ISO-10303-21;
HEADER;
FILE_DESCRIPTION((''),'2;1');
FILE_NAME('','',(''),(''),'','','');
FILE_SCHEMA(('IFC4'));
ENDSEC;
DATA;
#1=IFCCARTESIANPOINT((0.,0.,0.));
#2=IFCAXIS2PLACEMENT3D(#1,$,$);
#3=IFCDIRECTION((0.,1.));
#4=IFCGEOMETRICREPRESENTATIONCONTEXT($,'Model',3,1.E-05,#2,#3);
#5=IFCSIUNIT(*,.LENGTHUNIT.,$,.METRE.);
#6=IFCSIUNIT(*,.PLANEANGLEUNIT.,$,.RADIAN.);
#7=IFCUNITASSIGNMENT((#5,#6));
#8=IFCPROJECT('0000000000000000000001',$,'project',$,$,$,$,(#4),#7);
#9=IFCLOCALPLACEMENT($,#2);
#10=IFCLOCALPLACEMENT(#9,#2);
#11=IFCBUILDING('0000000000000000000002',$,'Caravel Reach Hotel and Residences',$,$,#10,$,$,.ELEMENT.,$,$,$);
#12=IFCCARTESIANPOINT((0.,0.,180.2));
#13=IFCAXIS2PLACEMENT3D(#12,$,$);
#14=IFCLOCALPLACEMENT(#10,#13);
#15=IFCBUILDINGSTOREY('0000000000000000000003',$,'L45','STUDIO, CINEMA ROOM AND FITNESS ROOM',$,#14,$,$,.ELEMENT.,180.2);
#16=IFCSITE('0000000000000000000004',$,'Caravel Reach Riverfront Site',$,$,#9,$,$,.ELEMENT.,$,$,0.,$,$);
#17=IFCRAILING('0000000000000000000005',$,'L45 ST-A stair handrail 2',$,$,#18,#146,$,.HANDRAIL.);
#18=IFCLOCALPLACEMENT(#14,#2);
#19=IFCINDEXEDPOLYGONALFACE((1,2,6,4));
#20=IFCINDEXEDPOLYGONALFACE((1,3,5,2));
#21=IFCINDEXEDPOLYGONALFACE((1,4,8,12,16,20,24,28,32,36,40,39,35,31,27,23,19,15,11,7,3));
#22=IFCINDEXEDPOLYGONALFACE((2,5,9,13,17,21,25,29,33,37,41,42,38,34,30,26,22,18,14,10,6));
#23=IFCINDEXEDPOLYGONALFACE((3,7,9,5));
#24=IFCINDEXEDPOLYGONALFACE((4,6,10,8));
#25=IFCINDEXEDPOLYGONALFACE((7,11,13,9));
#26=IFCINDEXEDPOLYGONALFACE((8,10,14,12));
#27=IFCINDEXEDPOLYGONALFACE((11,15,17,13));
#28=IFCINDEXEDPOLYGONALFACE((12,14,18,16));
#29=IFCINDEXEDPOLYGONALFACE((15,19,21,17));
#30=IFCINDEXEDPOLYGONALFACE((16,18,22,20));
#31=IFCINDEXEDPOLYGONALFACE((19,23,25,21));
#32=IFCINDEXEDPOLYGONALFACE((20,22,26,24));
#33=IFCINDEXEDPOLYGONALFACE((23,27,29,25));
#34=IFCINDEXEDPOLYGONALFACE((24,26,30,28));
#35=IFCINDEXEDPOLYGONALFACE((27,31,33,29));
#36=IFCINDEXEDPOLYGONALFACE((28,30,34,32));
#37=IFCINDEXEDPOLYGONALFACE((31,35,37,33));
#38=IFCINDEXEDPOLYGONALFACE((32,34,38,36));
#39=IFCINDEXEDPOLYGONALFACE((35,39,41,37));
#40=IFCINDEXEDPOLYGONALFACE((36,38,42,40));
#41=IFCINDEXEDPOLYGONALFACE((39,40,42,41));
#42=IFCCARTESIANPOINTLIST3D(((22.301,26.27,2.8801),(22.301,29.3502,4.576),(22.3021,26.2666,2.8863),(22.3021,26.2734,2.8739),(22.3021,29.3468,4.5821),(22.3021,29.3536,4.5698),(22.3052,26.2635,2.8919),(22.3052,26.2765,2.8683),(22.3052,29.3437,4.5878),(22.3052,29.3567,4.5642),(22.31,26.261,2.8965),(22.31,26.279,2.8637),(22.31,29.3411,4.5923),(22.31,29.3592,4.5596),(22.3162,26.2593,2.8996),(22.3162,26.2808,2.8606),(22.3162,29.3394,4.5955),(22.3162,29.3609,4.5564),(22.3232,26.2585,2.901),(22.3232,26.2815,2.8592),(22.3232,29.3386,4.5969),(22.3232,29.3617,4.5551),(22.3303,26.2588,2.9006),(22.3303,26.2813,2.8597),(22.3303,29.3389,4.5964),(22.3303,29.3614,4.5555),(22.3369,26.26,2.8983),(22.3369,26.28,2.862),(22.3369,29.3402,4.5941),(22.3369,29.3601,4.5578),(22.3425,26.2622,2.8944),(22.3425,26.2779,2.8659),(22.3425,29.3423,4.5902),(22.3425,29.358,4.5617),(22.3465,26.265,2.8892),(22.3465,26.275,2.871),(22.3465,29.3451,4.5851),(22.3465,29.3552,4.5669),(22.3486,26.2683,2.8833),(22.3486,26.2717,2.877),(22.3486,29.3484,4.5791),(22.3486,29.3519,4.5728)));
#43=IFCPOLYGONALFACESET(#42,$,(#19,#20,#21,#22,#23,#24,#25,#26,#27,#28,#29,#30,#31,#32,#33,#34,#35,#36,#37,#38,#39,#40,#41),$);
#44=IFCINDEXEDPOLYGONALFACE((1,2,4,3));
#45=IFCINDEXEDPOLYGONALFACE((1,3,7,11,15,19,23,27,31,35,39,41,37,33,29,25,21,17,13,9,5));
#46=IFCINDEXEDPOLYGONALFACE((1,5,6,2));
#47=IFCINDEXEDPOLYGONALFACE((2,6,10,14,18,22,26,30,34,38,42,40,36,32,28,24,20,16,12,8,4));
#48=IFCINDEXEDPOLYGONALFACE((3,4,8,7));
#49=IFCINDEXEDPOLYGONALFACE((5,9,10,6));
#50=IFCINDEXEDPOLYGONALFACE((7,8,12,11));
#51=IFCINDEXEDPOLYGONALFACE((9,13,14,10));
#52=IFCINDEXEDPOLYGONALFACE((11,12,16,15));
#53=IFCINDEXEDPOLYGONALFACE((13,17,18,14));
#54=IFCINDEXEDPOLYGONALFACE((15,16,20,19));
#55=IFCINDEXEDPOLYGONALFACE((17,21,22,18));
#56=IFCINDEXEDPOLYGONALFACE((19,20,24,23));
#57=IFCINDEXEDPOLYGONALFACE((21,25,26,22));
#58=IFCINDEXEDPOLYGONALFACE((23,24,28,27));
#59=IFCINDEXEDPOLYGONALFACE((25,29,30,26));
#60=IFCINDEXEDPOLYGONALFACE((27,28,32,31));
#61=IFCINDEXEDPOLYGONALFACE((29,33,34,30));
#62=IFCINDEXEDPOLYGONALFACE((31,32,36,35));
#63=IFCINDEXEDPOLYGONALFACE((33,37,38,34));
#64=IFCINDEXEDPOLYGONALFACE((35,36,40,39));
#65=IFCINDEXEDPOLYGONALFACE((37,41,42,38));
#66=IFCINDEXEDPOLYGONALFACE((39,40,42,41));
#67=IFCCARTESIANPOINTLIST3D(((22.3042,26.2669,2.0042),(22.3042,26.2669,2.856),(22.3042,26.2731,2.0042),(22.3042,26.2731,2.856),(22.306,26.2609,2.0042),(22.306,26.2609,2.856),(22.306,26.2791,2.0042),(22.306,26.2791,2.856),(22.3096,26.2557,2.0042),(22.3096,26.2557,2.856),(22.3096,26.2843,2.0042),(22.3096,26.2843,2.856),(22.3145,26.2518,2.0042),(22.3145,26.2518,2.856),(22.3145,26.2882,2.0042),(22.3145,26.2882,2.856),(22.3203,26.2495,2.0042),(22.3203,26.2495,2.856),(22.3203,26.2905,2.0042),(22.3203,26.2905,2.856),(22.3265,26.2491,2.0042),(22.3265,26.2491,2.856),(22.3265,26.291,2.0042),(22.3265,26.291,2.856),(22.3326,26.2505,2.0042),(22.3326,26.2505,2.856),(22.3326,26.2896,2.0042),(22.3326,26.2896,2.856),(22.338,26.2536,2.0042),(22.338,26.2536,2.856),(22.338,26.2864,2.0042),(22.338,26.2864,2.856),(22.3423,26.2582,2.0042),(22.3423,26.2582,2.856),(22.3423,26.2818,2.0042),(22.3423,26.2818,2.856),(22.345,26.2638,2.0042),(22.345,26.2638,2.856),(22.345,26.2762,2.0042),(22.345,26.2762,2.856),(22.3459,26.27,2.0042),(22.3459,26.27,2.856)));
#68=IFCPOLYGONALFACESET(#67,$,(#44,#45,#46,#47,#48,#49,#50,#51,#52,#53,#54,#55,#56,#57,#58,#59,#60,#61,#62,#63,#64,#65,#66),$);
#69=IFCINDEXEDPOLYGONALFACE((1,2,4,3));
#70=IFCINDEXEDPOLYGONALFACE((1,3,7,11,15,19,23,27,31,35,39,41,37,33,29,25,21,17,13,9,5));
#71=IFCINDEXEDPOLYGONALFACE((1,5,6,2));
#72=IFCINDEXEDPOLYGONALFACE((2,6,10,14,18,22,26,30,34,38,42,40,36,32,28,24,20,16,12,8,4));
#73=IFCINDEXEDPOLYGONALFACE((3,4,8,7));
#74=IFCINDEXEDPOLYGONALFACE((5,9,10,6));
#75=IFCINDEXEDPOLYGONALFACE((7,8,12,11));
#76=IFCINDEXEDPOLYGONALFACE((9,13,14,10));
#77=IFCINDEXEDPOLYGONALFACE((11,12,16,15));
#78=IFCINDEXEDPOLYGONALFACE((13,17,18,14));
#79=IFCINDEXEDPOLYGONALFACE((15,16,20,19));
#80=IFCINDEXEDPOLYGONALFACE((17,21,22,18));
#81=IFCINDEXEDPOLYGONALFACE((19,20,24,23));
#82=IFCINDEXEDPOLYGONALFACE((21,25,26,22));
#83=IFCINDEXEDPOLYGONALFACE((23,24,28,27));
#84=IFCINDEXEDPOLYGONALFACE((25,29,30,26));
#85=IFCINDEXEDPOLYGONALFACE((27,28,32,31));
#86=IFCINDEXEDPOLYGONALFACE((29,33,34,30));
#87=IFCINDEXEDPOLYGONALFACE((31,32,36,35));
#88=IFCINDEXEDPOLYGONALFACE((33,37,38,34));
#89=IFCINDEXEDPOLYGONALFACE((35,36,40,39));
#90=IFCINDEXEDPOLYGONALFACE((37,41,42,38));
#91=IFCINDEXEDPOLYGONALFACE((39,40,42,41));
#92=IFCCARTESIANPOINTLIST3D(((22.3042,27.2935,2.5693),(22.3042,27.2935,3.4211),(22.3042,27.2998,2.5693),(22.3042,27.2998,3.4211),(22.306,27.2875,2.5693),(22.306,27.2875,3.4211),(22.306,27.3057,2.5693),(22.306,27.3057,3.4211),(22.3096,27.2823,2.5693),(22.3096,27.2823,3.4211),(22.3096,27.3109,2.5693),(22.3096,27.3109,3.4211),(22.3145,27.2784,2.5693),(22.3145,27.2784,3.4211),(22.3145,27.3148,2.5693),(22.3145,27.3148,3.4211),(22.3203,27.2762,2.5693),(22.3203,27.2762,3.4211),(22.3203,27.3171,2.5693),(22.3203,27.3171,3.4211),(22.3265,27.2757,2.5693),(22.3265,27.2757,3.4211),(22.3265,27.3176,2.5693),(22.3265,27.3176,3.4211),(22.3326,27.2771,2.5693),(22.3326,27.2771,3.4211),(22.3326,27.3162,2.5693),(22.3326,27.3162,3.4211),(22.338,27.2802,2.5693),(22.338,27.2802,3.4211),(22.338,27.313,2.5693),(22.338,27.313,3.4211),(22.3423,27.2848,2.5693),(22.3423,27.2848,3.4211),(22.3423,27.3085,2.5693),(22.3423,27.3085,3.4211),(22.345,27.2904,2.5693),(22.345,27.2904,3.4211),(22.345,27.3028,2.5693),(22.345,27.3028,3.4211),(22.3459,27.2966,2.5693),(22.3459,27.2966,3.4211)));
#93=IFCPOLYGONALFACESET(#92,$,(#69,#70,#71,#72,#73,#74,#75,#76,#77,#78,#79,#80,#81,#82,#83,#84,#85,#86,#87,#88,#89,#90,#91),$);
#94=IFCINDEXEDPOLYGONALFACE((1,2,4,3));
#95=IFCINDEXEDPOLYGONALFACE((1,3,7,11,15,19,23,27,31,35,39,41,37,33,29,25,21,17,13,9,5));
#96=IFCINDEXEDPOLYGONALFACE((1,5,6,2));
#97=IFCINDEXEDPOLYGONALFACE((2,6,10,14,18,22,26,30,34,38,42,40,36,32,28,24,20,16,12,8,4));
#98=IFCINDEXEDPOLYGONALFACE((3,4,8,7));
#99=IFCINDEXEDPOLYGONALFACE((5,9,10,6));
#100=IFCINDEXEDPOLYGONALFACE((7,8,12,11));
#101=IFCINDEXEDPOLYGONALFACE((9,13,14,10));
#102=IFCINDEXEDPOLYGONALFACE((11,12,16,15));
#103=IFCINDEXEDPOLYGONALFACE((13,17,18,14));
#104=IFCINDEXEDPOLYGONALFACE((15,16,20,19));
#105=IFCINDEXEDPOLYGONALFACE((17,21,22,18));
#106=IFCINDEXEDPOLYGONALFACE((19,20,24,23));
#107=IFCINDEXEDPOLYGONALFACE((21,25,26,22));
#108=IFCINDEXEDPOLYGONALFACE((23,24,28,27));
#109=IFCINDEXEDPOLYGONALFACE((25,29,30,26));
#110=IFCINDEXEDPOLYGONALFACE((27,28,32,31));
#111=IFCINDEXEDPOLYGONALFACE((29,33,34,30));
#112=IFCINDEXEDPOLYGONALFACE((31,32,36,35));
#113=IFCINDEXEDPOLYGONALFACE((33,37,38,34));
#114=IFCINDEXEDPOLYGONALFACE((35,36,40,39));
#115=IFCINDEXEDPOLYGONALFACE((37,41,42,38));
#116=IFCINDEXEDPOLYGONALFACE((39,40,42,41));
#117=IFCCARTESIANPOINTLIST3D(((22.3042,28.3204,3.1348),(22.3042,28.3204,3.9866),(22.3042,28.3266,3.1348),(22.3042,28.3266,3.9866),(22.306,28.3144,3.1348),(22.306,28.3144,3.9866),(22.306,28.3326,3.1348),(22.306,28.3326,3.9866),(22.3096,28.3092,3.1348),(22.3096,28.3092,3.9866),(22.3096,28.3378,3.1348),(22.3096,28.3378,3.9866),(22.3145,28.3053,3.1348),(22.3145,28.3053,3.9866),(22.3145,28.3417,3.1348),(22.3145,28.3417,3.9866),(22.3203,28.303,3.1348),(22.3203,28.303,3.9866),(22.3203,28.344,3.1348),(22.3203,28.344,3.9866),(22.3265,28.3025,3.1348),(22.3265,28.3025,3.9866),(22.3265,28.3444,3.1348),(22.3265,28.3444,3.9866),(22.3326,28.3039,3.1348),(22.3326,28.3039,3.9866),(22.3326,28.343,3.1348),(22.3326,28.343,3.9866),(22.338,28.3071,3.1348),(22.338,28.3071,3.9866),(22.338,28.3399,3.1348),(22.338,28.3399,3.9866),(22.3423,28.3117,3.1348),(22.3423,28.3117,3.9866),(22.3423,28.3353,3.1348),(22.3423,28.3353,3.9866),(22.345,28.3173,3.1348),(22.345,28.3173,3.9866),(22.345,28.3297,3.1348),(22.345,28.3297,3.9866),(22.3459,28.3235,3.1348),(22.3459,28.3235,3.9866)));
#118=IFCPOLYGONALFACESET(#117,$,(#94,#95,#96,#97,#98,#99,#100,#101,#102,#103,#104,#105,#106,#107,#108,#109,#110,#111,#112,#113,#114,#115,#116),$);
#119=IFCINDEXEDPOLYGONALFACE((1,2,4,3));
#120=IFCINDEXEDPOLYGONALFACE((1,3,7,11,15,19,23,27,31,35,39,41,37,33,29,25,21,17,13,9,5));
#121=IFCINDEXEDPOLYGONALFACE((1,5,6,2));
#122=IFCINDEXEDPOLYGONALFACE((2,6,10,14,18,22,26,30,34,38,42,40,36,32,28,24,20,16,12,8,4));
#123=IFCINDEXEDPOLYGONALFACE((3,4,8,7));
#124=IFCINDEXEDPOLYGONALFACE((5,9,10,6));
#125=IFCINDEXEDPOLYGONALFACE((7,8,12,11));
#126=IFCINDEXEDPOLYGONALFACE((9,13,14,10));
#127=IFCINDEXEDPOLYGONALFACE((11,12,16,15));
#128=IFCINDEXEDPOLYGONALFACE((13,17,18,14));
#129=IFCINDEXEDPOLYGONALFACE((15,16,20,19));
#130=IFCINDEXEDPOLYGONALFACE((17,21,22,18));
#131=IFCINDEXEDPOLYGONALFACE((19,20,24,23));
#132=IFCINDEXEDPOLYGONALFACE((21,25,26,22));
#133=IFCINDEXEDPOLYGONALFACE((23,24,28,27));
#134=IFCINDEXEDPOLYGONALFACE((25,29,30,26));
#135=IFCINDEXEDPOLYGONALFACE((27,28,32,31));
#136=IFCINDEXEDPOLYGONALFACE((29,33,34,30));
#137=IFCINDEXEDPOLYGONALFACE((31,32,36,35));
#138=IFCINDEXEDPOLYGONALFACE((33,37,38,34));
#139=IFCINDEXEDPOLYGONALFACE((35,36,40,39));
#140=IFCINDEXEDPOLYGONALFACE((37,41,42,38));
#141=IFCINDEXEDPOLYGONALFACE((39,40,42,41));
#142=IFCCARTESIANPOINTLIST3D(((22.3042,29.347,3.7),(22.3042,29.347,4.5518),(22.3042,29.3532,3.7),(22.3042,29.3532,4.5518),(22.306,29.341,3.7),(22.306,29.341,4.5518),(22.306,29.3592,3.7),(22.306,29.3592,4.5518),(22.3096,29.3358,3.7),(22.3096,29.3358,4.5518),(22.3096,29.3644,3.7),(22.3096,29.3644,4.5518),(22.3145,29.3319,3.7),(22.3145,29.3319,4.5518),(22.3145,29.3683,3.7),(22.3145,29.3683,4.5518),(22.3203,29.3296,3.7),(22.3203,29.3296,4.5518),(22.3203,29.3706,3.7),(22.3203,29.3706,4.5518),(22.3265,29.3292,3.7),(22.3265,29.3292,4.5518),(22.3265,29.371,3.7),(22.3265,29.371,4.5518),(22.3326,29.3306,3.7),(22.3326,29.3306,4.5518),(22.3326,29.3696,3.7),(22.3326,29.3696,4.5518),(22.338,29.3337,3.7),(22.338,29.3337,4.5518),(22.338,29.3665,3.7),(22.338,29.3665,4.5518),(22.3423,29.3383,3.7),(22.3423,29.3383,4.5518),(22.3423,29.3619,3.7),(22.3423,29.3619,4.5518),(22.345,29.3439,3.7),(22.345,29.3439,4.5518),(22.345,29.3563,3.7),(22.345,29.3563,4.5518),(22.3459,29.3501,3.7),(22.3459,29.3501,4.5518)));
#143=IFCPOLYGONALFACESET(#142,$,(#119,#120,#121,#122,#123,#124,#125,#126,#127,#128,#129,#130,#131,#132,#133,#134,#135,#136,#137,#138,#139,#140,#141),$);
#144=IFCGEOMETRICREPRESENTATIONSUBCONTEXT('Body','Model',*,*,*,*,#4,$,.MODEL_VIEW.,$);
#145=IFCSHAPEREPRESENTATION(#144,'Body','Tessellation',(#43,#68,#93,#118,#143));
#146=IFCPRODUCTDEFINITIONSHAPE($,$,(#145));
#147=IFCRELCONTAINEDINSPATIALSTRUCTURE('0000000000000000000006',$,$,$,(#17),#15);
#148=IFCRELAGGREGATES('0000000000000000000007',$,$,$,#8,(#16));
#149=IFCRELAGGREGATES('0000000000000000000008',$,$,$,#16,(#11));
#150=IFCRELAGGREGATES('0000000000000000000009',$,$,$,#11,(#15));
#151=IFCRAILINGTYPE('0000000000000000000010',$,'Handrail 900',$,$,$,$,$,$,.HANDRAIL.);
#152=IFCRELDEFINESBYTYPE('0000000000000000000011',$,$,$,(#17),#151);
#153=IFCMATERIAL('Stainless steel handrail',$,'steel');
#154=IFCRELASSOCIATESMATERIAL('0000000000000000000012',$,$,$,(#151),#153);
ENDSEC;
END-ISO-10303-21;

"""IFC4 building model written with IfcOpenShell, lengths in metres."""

from ifc_helpers import new_model, si_unit, direction, frame, origin, origin_2d, place, context, subcontext, project, spatial, circle, extrude, material, type_object, element, save


model = new_model("IFC4")

# Units and contexts
model_context = context("Model", 3, precision=1e-05, world=origin(), true_north=direction((0.0, 1.0)))
body_context = subcontext(model_context, "Body", "Model", "MODEL_VIEW")
ifc_project = project(units=[si_unit("LENGTHUNIT", "METRE"), si_unit("PLANEANGLEUNIT", "RADIAN")], contexts=[model_context])

# Site, building, storey
site_placement = place(None, origin())
site = spatial("IfcSite", under=ifc_project, at=site_placement, Name="Caravel Reach Riverfront Site", CompositionType="ELEMENT", RefElevation=0.0)
building_placement = place(site_placement, origin())
building = spatial("IfcBuilding", under=site, at=building_placement, Name="Caravel Reach Hotel and Residences", CompositionType="ELEMENT")
storey_placement = place(building_placement, frame((0.0, 0.0, 180.2)))
storey = spatial("IfcBuildingStorey", under=building, at=storey_placement, Name="L45", Description="STUDIO, CINEMA ROOM AND FITNESS ROOM", CompositionType="ELEMENT", Elevation=180.2)

# Railing
ifc_material_1 = material(Name="Stainless steel handrail", Category="steel")
railing_type_1 = type_object("IfcRailingType", Name="Handrail 900", PredefinedType="HANDRAIL", material=ifc_material_1)
railing_1_placement = place(storey_placement, frame((22.325, 26.27, 2.0042)))
element("IfcRailing", 1, at=railing_1_placement, inside=storey, type_object=railing_type_1, Name="L45 ST-A stair handrail 2", PredefinedType="HANDRAIL", context=body_context, shape_type="SweptSolid", body=[
    extrude(circle(Radius=0.0239, at=origin_2d()), frame((0.0, 0.0, 0.876), z_axis=(0.0, 0.876005, 0.482303), x_axis=(-1.0, 0.0, 0.0)), (0.0, 0.0, 1.0), 3.5161),
    extrude(circle(Radius=0.021, at=origin_2d()), origin(), (0.0, 0.0, 1.0), 0.8518),
    extrude(circle(Radius=0.021, at=origin_2d()), frame((0.0, 1.0266, 0.5652)), (0.0, 0.0, 1.0), 0.8518),
    extrude(circle(Radius=0.021, at=origin_2d()), frame((0.0, 2.0535, 1.1306)), (0.0, 0.0, 1.0), 0.8518),
    extrude(circle(Radius=0.021, at=origin_2d()), frame((0.0, 3.0801, 1.6958)), (0.0, 0.0, 1.0), 0.8518),
])

save(model, "model.ifc")
